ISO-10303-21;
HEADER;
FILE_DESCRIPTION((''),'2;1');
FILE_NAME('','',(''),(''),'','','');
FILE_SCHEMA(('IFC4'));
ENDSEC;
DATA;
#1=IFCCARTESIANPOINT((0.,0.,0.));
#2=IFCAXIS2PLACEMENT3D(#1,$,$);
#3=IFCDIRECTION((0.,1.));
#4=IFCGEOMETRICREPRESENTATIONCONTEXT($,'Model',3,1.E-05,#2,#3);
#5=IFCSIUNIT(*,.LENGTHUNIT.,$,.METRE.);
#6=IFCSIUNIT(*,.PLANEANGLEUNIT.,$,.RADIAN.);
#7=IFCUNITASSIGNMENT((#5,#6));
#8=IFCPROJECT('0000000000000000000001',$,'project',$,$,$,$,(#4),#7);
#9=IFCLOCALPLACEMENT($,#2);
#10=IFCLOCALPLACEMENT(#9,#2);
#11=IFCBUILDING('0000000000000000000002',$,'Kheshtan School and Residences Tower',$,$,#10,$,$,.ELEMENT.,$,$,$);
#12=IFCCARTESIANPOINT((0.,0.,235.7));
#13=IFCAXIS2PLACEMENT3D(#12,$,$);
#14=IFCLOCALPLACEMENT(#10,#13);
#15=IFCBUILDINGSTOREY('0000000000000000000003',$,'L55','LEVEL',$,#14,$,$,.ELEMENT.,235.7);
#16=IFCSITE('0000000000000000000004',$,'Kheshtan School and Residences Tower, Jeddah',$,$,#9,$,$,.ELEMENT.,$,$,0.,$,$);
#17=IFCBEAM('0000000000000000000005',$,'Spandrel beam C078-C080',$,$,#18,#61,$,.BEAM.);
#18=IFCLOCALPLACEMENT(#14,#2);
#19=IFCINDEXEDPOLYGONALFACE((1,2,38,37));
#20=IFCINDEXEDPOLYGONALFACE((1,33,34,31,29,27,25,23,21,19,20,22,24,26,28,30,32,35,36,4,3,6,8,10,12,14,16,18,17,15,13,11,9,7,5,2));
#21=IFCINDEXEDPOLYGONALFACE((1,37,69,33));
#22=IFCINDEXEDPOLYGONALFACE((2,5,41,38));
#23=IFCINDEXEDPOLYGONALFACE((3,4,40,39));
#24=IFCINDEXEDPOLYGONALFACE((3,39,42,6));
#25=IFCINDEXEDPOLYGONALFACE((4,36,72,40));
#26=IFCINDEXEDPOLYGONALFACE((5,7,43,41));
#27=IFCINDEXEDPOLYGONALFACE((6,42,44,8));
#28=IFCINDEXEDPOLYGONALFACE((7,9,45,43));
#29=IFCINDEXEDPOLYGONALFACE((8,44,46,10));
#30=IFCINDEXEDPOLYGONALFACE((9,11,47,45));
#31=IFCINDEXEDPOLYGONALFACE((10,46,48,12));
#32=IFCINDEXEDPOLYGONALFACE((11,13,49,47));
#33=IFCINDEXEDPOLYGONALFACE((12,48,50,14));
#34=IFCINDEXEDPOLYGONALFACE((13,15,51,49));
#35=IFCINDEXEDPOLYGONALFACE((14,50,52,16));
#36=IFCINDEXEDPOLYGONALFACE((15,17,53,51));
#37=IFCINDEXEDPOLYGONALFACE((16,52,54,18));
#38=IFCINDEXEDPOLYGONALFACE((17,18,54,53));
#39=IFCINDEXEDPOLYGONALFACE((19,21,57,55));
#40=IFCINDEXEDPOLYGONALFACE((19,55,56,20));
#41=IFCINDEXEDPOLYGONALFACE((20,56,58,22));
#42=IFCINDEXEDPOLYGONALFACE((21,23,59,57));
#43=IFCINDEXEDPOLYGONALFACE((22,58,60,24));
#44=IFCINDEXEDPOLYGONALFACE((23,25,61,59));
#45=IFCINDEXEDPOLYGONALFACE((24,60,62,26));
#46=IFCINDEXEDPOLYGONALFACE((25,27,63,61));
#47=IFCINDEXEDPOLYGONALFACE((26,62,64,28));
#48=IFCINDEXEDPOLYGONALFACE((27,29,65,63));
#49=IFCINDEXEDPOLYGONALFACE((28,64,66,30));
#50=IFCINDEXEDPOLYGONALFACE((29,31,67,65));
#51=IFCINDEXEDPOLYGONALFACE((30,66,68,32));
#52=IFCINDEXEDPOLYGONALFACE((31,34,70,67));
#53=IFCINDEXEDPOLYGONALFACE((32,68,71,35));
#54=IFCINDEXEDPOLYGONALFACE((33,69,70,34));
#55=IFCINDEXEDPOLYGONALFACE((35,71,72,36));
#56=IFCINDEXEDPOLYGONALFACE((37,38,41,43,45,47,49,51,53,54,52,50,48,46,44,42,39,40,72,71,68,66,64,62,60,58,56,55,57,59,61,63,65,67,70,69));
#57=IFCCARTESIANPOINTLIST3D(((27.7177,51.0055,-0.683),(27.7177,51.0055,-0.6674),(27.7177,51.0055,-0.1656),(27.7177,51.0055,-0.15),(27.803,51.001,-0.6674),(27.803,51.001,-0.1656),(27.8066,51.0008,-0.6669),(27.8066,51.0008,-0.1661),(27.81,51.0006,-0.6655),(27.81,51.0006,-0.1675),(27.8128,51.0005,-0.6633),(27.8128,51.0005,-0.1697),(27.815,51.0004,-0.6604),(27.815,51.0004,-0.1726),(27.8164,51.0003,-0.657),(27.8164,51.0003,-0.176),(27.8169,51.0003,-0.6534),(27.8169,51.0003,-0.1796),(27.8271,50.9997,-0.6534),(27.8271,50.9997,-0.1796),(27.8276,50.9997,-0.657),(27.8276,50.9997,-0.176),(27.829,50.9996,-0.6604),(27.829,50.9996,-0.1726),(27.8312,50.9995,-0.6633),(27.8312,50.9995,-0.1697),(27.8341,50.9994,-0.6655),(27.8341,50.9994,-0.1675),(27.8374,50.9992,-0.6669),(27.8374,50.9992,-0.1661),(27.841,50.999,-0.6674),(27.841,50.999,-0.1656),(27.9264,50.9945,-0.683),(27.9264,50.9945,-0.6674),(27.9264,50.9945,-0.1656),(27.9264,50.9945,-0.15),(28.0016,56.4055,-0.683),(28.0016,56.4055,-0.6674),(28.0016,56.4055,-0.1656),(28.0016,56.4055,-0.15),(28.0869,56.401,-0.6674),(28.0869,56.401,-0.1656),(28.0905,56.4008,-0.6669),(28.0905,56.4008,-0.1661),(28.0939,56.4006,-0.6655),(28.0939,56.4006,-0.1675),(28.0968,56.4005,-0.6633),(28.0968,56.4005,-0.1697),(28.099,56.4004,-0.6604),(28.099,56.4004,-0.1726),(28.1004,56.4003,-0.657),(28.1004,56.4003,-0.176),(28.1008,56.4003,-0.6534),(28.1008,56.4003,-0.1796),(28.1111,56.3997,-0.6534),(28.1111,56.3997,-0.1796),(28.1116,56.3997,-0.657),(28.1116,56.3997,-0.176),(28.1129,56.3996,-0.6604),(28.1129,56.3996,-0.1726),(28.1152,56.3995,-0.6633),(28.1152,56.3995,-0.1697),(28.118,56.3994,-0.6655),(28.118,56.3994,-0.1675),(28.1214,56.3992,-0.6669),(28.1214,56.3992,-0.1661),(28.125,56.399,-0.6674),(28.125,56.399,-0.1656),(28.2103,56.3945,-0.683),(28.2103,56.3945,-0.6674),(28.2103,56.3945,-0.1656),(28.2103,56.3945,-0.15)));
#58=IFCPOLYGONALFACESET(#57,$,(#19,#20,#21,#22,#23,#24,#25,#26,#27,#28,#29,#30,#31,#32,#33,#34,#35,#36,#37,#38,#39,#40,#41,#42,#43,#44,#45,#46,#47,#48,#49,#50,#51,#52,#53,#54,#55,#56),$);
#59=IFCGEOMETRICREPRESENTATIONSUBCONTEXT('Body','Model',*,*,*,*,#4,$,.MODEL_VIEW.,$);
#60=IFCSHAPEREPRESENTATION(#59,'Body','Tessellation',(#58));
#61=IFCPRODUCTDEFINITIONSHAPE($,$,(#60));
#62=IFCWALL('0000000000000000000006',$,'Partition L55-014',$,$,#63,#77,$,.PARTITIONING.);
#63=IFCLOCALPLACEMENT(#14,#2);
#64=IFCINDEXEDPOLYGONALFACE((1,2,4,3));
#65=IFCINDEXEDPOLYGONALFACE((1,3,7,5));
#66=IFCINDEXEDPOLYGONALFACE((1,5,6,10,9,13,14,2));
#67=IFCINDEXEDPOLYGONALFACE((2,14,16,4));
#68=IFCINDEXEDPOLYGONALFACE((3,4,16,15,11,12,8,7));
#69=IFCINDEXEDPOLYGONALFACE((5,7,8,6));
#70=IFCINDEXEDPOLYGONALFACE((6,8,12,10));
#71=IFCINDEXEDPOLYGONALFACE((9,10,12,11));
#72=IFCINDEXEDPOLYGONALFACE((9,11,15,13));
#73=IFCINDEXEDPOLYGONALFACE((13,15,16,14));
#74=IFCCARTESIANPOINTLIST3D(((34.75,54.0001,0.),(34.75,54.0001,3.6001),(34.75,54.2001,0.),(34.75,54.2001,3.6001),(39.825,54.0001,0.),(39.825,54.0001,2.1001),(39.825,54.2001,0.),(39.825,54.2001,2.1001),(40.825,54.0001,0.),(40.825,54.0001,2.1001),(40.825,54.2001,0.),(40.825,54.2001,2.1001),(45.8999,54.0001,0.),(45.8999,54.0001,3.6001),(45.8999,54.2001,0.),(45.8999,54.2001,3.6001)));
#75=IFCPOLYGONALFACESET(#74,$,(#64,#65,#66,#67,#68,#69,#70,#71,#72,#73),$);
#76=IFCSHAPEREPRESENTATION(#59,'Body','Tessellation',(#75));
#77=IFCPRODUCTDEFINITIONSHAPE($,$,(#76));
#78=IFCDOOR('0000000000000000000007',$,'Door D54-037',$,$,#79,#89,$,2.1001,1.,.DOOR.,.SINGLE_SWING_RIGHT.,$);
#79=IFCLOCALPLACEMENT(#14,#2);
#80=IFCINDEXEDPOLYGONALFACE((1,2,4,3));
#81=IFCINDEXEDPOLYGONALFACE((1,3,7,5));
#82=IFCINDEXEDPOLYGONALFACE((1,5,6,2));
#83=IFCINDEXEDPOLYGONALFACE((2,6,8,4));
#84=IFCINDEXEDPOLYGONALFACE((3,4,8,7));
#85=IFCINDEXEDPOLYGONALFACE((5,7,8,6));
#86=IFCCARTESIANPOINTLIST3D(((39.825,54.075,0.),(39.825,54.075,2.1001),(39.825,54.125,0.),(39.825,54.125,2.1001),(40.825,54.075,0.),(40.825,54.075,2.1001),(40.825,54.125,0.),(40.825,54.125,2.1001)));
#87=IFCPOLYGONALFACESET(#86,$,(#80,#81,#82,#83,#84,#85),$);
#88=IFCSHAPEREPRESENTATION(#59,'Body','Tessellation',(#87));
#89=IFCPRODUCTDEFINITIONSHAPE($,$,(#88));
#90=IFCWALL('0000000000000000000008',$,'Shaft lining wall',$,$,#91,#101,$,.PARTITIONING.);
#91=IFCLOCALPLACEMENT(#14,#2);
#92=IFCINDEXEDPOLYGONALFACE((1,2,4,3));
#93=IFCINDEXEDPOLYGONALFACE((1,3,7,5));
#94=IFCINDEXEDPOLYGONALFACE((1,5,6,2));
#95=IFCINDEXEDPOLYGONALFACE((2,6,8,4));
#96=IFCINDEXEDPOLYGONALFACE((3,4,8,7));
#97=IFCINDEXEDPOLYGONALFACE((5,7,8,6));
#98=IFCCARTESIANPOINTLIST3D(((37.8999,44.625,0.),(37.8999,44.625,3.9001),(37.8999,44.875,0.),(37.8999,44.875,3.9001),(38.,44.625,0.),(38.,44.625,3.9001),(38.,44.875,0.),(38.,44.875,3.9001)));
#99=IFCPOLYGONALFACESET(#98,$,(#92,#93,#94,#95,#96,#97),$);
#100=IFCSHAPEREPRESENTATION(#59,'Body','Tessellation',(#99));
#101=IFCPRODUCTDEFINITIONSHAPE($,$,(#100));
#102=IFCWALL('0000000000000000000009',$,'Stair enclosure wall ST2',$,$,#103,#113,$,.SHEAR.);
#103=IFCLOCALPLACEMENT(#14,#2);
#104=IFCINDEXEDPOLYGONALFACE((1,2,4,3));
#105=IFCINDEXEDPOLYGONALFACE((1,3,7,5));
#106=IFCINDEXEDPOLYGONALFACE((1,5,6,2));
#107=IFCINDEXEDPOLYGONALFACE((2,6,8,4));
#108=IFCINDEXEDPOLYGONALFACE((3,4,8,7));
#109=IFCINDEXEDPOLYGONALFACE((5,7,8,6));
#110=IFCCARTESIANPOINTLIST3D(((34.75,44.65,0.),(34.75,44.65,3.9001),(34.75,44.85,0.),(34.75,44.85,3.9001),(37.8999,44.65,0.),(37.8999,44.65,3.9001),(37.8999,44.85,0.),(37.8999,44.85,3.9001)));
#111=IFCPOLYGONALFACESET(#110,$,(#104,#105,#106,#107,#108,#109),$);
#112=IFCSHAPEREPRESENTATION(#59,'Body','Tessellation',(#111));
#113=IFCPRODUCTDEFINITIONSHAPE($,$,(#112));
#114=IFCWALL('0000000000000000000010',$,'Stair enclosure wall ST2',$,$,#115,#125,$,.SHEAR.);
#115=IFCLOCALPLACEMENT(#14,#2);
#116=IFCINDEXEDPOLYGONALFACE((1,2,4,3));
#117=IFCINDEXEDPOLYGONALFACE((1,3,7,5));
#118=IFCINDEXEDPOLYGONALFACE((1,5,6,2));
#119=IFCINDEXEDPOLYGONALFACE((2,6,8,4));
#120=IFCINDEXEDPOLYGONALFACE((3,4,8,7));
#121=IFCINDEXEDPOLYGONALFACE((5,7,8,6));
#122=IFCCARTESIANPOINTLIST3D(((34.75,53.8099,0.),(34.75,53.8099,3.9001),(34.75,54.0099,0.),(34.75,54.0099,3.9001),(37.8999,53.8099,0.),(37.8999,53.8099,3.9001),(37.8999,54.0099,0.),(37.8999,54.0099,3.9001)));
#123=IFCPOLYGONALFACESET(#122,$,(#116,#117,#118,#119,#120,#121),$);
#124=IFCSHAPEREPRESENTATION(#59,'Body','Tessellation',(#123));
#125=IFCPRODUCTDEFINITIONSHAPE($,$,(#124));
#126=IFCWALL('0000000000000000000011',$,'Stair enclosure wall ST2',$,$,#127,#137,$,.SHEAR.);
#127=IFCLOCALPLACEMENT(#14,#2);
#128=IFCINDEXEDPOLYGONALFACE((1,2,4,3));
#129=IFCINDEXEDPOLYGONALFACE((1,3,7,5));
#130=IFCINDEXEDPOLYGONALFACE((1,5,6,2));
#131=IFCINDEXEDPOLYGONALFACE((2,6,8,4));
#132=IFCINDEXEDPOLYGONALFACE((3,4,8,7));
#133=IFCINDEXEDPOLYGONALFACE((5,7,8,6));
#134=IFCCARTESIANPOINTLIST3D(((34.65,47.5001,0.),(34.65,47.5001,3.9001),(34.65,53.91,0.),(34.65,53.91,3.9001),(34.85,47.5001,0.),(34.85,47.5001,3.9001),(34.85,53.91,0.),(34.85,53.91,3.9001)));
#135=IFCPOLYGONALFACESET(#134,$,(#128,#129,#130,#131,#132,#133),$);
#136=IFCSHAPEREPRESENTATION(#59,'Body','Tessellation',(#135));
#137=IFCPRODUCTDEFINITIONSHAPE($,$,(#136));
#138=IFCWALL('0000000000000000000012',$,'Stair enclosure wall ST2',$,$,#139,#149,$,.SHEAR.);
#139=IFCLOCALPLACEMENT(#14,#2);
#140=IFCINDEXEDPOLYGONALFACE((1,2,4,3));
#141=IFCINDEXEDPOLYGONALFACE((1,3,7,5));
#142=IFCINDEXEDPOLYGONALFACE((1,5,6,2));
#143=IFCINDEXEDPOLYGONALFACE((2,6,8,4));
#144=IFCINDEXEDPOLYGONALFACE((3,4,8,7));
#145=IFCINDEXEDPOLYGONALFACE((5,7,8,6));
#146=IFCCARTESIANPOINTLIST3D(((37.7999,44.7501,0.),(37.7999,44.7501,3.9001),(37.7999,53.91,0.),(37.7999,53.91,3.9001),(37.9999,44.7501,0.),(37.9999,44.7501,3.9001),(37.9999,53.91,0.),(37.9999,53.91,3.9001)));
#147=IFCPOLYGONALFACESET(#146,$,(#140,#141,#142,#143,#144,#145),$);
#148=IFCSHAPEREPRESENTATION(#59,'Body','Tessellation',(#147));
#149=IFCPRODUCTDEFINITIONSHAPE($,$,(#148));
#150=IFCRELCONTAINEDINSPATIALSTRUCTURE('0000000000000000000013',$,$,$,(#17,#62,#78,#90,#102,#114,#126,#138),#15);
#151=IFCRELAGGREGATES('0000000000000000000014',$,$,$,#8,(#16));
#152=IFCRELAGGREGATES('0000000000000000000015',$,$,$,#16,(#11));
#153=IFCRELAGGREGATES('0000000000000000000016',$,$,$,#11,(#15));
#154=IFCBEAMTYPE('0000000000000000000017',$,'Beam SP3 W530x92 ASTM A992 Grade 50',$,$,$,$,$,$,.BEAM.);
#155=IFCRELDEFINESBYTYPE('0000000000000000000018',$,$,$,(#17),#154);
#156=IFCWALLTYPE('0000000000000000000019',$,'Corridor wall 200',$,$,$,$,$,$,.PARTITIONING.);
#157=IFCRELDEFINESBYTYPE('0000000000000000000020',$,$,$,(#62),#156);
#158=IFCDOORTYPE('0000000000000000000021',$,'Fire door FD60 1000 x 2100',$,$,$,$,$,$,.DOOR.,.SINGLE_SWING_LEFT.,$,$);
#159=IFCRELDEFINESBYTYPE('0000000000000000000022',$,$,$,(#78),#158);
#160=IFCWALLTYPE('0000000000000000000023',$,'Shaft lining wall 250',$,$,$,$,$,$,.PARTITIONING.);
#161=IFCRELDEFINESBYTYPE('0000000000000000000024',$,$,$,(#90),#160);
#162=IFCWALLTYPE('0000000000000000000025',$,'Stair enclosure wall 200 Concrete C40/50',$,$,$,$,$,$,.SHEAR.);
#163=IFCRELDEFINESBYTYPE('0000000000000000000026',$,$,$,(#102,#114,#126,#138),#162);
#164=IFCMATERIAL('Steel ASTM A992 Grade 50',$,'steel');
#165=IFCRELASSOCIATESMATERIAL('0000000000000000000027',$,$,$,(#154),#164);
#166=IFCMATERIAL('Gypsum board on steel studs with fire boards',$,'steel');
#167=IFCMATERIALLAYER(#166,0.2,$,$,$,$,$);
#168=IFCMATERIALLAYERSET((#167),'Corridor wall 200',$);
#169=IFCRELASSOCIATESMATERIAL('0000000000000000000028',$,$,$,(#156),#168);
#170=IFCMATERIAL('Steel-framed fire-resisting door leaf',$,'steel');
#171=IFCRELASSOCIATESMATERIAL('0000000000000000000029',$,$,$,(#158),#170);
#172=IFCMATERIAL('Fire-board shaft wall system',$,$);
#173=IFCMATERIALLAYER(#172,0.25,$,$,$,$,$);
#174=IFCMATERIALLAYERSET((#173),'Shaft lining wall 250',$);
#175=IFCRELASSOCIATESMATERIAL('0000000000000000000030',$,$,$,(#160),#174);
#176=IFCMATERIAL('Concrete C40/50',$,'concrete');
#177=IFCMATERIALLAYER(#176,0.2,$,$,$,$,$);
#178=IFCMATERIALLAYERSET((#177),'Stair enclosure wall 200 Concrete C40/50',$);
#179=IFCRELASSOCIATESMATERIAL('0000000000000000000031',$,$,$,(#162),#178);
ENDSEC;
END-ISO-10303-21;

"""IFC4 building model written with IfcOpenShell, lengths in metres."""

from ifc_helpers import new_model, si_unit, direction, frame, frame_2d, origin, origin_2d, place, context, subcontext, project, spatial, rectangle, i_section, extrude, source, transform, mapped, material, layer, layer_set, material_profile, profile_set, type_object, element, fill, save


model = new_model("IFC4")

# Units and contexts
model_context = context("Model", 3, precision=1e-05, world=origin(), true_north=direction((0.0, 1.0)))
body_context = subcontext(model_context, "Body", "Model", "MODEL_VIEW")
ifc_project = project(units=[si_unit("LENGTHUNIT", "METRE"), si_unit("PLANEANGLEUNIT", "RADIAN")], contexts=[model_context])

# Site, building, storey
site_placement = place(None, origin())
site = spatial("IfcSite", under=ifc_project, at=site_placement, Name="Kheshtan School and Residences Tower, Jeddah", CompositionType="ELEMENT", RefElevation=0.0)
building_placement = place(site_placement, origin())
building = spatial("IfcBuilding", under=site, at=building_placement, Name="Kheshtan School and Residences Tower", CompositionType="ELEMENT")
storey_placement = place(building_placement, frame((0.0, 0.0, 235.7)))
storey = spatial("IfcBuildingStorey", under=building, at=storey_placement, Name="L55", Description="LEVEL", CompositionType="ELEMENT", Elevation=235.7)

# Shared definitions
ifc_material_1 = material(Name="Steel ASTM A992 Grade 50", Category="steel")

# Beam
ifc_material_profile_1 = material_profile(ifc_material_1, i_section(OverallWidth=0.209, OverallDepth=0.533, WebThickness=0.0103, FlangeThickness=0.0156, FilletRadius=0.0139, at=origin_2d()), Name="W530x92")
ifc_profile_set_1 = profile_set([ifc_material_profile_1], Name="Steel ASTM A992 Grade 50")
beam_type = type_object("IfcBeamType", Name="Beam SP3 W530x92 ASTM A992 Grade 50", PredefinedType="BEAM", material=ifc_profile_set_1)
for number, where, z_axis, x_axis, name in (
    (1, (27.822, 51.0, -0.4165), (0.052509, 0.99862, 0.0), (-0.99862, 0.052509, 0.0), "Spandrel beam C078-C080"),
):
    element("IfcBeam", number, at=place(storey_placement, frame(where, z_axis=z_axis, x_axis=x_axis)), inside=storey, type_object=beam_type, Name=name, PredefinedType="BEAM", context=body_context, shape_type="SweptSolid", body=[
        extrude(i_section(OverallWidth=0.209, OverallDepth=0.533, WebThickness=0.0103, FlangeThickness=0.0156, FilletRadius=0.0139, at=origin_2d()), origin(), (0.0, 0.0, 1.0), 5.4075),
    ])

# Wall, opening, door
ifc_material_2 = material(Name="Gypsum board on steel studs with fire boards", Category="steel")
ifc_layer_1 = layer(ifc_material_2, 0.2)
ifc_layer_set_1 = layer_set([ifc_layer_1], Name="Corridor wall 200")
wall_type_1 = type_object("IfcWallType", Name="Corridor wall 200", PredefinedType="PARTITIONING", material=ifc_layer_set_1)
wall_1_placement = place(storey_placement, frame((34.75, 54.1001, 0.0), z_axis=(0.0, 0.0, 1.0), x_axis=(1.0, 0.0, 0.0)))
wall_1 = element("IfcWall", 2, at=wall_1_placement, inside=storey, type_object=wall_type_1, Name="Partition L55-014", PredefinedType="PARTITIONING", context=body_context, shape_type="SweptSolid", body=[
    extrude(rectangle(XDim=11.1499, YDim=0.2, at=frame_2d((5.575, 0.0))), origin(), (0.0, 0.0, 1.0), 3.6001),
])
opening_1_placement = place(wall_1_placement, frame((5.075, 0.0, 0.0)))
opening_1 = element("IfcOpeningElement", 3, at=opening_1_placement, cuts=wall_1, PredefinedType="OPENING", context=body_context, shape_type="SweptSolid", body=[
    extrude(rectangle(XDim=1.0, YDim=2.1001, at=frame_2d((0.5, 1.05))), frame((0.0, 0.1099, 0.0), z_axis=(0.0, -1.0, 0.0), x_axis=(1.0, 0.0, 0.0)), (0.0, 0.0, 1.0), 0.22),
])
ifc_material_3 = material(Name="Steel-framed fire-resisting door leaf", Category="steel")
door_type_1 = type_object("IfcDoorType", Name="Fire door FD60 1000 x 2100", OperationType="SINGLE_SWING_LEFT", PredefinedType="DOOR", material=ifc_material_3)
shared_shape_1 = source(origin(), body_context, "Body", "SweptSolid", [
    extrude(rectangle(XDim=1.0, YDim=2.1001, at=frame_2d((0.5, 1.05))), frame((0.0, 0.0249, 0.0), z_axis=(0.0, -1.0, 0.0), x_axis=(1.0, 0.0, 0.0)), (0.0, 0.0, 1.0), 0.05),
])
door_1_placement = place(opening_1_placement, origin())
door_1 = element("IfcDoor", 4, at=door_1_placement, inside=storey, type_object=door_type_1, Name="Door D54-037", OperationType="SINGLE_SWING_RIGHT", OverallHeight=2.1001, OverallWidth=1.0, PredefinedType="DOOR", context=body_context, shape_type="MappedRepresentation", body=[
    mapped(shared_shape_1, transform((0.0, 0.0, 0.0), x_axis=(1.0, 0.0, 0.0), y_axis=(0.0, 1.0, 0.0), z_axis=(0.0, 0.0, 1.0), scale=1.0)),
])
fill(opening_1, door_1)

# Walls
ifc_material_4 = material(Name="Fire-board shaft wall system")
ifc_layer_2 = layer(ifc_material_4, 0.25)
ifc_layer_set_2 = layer_set([ifc_layer_2], Name="Shaft lining wall 250")
wall_type_2 = type_object("IfcWallType", Name="Shaft lining wall 250", PredefinedType="PARTITIONING", material=ifc_layer_set_2)
wall_2_placement = place(storey_placement, frame((37.8999, 44.75, 0.0), z_axis=(0.0, 0.0, 1.0), x_axis=(1.0, 0.0, 0.0)))
element("IfcWall", 5, at=wall_2_placement, inside=storey, type_object=wall_type_2, Name="Shaft lining wall", PredefinedType="PARTITIONING", context=body_context, shape_type="SweptSolid", body=[
    extrude(rectangle(XDim=0.1001, YDim=0.25, at=frame_2d((0.05, 0.0))), origin(), (0.0, 0.0, 1.0), 3.9001),
])
ifc_material_5 = material(Name="Concrete C40/50", Category="concrete")
ifc_layer_3 = layer(ifc_material_5, 0.2)
ifc_layer_set_3 = layer_set([ifc_layer_3], Name="Stair enclosure wall 200 Concrete C40/50")
wall_type_3 = type_object("IfcWallType", Name="Stair enclosure wall 200 Concrete C40/50", PredefinedType="SHEAR", material=ifc_layer_set_3)
for number, where, z_axis, x_axis, name in (
    (6, (34.75, 44.75, 0.0), (0.0, 0.0, 1.0), (1.0, 0.0, 0.0), "Stair enclosure wall ST2"),
    (7, (34.75, 53.9099, 0.0), (0.0, 0.0, 1.0), (1.0, 0.0, 0.0), "Stair enclosure wall ST2"),
):
    element("IfcWall", number, at=place(storey_placement, frame(where, z_axis=z_axis, x_axis=x_axis)), inside=storey, type_object=wall_type_3, Name=name, PredefinedType="SHEAR", context=body_context, shape_type="SweptSolid", body=[
        extrude(rectangle(XDim=3.1499, YDim=0.2, at=frame_2d((1.575, 0.0))), origin(), (0.0, 0.0, 1.0), 3.9001),
    ])
wall_3_placement = place(storey_placement, frame((34.75, 47.5, 0.0), z_axis=(0.0, 0.0, 1.0), x_axis=(0.0, 1.0, 0.0)))
element("IfcWall", 8, at=wall_3_placement, inside=storey, type_object=wall_type_3, Name="Stair enclosure wall ST2", PredefinedType="SHEAR", context=body_context, shape_type="SweptSolid", body=[
    extrude(rectangle(XDim=6.4099, YDim=0.2, at=frame_2d((3.2051, 0.0))), origin(), (0.0, 0.0, 1.0), 3.9001),
])
wall_4_placement = place(storey_placement, frame((37.8999, 44.75, 0.0), z_axis=(0.0, 0.0, 1.0), x_axis=(0.0, 1.0, 0.0)))
element("IfcWall", 9, at=wall_4_placement, inside=storey, type_object=wall_type_3, Name="Stair enclosure wall ST2", PredefinedType="SHEAR", context=body_context, shape_type="SweptSolid", body=[
    extrude(rectangle(XDim=9.1599, YDim=0.2, at=frame_2d((4.5801, 0.0))), origin(), (0.0, 0.0, 1.0), 3.9001),
])

save(model, "model.ifc")
